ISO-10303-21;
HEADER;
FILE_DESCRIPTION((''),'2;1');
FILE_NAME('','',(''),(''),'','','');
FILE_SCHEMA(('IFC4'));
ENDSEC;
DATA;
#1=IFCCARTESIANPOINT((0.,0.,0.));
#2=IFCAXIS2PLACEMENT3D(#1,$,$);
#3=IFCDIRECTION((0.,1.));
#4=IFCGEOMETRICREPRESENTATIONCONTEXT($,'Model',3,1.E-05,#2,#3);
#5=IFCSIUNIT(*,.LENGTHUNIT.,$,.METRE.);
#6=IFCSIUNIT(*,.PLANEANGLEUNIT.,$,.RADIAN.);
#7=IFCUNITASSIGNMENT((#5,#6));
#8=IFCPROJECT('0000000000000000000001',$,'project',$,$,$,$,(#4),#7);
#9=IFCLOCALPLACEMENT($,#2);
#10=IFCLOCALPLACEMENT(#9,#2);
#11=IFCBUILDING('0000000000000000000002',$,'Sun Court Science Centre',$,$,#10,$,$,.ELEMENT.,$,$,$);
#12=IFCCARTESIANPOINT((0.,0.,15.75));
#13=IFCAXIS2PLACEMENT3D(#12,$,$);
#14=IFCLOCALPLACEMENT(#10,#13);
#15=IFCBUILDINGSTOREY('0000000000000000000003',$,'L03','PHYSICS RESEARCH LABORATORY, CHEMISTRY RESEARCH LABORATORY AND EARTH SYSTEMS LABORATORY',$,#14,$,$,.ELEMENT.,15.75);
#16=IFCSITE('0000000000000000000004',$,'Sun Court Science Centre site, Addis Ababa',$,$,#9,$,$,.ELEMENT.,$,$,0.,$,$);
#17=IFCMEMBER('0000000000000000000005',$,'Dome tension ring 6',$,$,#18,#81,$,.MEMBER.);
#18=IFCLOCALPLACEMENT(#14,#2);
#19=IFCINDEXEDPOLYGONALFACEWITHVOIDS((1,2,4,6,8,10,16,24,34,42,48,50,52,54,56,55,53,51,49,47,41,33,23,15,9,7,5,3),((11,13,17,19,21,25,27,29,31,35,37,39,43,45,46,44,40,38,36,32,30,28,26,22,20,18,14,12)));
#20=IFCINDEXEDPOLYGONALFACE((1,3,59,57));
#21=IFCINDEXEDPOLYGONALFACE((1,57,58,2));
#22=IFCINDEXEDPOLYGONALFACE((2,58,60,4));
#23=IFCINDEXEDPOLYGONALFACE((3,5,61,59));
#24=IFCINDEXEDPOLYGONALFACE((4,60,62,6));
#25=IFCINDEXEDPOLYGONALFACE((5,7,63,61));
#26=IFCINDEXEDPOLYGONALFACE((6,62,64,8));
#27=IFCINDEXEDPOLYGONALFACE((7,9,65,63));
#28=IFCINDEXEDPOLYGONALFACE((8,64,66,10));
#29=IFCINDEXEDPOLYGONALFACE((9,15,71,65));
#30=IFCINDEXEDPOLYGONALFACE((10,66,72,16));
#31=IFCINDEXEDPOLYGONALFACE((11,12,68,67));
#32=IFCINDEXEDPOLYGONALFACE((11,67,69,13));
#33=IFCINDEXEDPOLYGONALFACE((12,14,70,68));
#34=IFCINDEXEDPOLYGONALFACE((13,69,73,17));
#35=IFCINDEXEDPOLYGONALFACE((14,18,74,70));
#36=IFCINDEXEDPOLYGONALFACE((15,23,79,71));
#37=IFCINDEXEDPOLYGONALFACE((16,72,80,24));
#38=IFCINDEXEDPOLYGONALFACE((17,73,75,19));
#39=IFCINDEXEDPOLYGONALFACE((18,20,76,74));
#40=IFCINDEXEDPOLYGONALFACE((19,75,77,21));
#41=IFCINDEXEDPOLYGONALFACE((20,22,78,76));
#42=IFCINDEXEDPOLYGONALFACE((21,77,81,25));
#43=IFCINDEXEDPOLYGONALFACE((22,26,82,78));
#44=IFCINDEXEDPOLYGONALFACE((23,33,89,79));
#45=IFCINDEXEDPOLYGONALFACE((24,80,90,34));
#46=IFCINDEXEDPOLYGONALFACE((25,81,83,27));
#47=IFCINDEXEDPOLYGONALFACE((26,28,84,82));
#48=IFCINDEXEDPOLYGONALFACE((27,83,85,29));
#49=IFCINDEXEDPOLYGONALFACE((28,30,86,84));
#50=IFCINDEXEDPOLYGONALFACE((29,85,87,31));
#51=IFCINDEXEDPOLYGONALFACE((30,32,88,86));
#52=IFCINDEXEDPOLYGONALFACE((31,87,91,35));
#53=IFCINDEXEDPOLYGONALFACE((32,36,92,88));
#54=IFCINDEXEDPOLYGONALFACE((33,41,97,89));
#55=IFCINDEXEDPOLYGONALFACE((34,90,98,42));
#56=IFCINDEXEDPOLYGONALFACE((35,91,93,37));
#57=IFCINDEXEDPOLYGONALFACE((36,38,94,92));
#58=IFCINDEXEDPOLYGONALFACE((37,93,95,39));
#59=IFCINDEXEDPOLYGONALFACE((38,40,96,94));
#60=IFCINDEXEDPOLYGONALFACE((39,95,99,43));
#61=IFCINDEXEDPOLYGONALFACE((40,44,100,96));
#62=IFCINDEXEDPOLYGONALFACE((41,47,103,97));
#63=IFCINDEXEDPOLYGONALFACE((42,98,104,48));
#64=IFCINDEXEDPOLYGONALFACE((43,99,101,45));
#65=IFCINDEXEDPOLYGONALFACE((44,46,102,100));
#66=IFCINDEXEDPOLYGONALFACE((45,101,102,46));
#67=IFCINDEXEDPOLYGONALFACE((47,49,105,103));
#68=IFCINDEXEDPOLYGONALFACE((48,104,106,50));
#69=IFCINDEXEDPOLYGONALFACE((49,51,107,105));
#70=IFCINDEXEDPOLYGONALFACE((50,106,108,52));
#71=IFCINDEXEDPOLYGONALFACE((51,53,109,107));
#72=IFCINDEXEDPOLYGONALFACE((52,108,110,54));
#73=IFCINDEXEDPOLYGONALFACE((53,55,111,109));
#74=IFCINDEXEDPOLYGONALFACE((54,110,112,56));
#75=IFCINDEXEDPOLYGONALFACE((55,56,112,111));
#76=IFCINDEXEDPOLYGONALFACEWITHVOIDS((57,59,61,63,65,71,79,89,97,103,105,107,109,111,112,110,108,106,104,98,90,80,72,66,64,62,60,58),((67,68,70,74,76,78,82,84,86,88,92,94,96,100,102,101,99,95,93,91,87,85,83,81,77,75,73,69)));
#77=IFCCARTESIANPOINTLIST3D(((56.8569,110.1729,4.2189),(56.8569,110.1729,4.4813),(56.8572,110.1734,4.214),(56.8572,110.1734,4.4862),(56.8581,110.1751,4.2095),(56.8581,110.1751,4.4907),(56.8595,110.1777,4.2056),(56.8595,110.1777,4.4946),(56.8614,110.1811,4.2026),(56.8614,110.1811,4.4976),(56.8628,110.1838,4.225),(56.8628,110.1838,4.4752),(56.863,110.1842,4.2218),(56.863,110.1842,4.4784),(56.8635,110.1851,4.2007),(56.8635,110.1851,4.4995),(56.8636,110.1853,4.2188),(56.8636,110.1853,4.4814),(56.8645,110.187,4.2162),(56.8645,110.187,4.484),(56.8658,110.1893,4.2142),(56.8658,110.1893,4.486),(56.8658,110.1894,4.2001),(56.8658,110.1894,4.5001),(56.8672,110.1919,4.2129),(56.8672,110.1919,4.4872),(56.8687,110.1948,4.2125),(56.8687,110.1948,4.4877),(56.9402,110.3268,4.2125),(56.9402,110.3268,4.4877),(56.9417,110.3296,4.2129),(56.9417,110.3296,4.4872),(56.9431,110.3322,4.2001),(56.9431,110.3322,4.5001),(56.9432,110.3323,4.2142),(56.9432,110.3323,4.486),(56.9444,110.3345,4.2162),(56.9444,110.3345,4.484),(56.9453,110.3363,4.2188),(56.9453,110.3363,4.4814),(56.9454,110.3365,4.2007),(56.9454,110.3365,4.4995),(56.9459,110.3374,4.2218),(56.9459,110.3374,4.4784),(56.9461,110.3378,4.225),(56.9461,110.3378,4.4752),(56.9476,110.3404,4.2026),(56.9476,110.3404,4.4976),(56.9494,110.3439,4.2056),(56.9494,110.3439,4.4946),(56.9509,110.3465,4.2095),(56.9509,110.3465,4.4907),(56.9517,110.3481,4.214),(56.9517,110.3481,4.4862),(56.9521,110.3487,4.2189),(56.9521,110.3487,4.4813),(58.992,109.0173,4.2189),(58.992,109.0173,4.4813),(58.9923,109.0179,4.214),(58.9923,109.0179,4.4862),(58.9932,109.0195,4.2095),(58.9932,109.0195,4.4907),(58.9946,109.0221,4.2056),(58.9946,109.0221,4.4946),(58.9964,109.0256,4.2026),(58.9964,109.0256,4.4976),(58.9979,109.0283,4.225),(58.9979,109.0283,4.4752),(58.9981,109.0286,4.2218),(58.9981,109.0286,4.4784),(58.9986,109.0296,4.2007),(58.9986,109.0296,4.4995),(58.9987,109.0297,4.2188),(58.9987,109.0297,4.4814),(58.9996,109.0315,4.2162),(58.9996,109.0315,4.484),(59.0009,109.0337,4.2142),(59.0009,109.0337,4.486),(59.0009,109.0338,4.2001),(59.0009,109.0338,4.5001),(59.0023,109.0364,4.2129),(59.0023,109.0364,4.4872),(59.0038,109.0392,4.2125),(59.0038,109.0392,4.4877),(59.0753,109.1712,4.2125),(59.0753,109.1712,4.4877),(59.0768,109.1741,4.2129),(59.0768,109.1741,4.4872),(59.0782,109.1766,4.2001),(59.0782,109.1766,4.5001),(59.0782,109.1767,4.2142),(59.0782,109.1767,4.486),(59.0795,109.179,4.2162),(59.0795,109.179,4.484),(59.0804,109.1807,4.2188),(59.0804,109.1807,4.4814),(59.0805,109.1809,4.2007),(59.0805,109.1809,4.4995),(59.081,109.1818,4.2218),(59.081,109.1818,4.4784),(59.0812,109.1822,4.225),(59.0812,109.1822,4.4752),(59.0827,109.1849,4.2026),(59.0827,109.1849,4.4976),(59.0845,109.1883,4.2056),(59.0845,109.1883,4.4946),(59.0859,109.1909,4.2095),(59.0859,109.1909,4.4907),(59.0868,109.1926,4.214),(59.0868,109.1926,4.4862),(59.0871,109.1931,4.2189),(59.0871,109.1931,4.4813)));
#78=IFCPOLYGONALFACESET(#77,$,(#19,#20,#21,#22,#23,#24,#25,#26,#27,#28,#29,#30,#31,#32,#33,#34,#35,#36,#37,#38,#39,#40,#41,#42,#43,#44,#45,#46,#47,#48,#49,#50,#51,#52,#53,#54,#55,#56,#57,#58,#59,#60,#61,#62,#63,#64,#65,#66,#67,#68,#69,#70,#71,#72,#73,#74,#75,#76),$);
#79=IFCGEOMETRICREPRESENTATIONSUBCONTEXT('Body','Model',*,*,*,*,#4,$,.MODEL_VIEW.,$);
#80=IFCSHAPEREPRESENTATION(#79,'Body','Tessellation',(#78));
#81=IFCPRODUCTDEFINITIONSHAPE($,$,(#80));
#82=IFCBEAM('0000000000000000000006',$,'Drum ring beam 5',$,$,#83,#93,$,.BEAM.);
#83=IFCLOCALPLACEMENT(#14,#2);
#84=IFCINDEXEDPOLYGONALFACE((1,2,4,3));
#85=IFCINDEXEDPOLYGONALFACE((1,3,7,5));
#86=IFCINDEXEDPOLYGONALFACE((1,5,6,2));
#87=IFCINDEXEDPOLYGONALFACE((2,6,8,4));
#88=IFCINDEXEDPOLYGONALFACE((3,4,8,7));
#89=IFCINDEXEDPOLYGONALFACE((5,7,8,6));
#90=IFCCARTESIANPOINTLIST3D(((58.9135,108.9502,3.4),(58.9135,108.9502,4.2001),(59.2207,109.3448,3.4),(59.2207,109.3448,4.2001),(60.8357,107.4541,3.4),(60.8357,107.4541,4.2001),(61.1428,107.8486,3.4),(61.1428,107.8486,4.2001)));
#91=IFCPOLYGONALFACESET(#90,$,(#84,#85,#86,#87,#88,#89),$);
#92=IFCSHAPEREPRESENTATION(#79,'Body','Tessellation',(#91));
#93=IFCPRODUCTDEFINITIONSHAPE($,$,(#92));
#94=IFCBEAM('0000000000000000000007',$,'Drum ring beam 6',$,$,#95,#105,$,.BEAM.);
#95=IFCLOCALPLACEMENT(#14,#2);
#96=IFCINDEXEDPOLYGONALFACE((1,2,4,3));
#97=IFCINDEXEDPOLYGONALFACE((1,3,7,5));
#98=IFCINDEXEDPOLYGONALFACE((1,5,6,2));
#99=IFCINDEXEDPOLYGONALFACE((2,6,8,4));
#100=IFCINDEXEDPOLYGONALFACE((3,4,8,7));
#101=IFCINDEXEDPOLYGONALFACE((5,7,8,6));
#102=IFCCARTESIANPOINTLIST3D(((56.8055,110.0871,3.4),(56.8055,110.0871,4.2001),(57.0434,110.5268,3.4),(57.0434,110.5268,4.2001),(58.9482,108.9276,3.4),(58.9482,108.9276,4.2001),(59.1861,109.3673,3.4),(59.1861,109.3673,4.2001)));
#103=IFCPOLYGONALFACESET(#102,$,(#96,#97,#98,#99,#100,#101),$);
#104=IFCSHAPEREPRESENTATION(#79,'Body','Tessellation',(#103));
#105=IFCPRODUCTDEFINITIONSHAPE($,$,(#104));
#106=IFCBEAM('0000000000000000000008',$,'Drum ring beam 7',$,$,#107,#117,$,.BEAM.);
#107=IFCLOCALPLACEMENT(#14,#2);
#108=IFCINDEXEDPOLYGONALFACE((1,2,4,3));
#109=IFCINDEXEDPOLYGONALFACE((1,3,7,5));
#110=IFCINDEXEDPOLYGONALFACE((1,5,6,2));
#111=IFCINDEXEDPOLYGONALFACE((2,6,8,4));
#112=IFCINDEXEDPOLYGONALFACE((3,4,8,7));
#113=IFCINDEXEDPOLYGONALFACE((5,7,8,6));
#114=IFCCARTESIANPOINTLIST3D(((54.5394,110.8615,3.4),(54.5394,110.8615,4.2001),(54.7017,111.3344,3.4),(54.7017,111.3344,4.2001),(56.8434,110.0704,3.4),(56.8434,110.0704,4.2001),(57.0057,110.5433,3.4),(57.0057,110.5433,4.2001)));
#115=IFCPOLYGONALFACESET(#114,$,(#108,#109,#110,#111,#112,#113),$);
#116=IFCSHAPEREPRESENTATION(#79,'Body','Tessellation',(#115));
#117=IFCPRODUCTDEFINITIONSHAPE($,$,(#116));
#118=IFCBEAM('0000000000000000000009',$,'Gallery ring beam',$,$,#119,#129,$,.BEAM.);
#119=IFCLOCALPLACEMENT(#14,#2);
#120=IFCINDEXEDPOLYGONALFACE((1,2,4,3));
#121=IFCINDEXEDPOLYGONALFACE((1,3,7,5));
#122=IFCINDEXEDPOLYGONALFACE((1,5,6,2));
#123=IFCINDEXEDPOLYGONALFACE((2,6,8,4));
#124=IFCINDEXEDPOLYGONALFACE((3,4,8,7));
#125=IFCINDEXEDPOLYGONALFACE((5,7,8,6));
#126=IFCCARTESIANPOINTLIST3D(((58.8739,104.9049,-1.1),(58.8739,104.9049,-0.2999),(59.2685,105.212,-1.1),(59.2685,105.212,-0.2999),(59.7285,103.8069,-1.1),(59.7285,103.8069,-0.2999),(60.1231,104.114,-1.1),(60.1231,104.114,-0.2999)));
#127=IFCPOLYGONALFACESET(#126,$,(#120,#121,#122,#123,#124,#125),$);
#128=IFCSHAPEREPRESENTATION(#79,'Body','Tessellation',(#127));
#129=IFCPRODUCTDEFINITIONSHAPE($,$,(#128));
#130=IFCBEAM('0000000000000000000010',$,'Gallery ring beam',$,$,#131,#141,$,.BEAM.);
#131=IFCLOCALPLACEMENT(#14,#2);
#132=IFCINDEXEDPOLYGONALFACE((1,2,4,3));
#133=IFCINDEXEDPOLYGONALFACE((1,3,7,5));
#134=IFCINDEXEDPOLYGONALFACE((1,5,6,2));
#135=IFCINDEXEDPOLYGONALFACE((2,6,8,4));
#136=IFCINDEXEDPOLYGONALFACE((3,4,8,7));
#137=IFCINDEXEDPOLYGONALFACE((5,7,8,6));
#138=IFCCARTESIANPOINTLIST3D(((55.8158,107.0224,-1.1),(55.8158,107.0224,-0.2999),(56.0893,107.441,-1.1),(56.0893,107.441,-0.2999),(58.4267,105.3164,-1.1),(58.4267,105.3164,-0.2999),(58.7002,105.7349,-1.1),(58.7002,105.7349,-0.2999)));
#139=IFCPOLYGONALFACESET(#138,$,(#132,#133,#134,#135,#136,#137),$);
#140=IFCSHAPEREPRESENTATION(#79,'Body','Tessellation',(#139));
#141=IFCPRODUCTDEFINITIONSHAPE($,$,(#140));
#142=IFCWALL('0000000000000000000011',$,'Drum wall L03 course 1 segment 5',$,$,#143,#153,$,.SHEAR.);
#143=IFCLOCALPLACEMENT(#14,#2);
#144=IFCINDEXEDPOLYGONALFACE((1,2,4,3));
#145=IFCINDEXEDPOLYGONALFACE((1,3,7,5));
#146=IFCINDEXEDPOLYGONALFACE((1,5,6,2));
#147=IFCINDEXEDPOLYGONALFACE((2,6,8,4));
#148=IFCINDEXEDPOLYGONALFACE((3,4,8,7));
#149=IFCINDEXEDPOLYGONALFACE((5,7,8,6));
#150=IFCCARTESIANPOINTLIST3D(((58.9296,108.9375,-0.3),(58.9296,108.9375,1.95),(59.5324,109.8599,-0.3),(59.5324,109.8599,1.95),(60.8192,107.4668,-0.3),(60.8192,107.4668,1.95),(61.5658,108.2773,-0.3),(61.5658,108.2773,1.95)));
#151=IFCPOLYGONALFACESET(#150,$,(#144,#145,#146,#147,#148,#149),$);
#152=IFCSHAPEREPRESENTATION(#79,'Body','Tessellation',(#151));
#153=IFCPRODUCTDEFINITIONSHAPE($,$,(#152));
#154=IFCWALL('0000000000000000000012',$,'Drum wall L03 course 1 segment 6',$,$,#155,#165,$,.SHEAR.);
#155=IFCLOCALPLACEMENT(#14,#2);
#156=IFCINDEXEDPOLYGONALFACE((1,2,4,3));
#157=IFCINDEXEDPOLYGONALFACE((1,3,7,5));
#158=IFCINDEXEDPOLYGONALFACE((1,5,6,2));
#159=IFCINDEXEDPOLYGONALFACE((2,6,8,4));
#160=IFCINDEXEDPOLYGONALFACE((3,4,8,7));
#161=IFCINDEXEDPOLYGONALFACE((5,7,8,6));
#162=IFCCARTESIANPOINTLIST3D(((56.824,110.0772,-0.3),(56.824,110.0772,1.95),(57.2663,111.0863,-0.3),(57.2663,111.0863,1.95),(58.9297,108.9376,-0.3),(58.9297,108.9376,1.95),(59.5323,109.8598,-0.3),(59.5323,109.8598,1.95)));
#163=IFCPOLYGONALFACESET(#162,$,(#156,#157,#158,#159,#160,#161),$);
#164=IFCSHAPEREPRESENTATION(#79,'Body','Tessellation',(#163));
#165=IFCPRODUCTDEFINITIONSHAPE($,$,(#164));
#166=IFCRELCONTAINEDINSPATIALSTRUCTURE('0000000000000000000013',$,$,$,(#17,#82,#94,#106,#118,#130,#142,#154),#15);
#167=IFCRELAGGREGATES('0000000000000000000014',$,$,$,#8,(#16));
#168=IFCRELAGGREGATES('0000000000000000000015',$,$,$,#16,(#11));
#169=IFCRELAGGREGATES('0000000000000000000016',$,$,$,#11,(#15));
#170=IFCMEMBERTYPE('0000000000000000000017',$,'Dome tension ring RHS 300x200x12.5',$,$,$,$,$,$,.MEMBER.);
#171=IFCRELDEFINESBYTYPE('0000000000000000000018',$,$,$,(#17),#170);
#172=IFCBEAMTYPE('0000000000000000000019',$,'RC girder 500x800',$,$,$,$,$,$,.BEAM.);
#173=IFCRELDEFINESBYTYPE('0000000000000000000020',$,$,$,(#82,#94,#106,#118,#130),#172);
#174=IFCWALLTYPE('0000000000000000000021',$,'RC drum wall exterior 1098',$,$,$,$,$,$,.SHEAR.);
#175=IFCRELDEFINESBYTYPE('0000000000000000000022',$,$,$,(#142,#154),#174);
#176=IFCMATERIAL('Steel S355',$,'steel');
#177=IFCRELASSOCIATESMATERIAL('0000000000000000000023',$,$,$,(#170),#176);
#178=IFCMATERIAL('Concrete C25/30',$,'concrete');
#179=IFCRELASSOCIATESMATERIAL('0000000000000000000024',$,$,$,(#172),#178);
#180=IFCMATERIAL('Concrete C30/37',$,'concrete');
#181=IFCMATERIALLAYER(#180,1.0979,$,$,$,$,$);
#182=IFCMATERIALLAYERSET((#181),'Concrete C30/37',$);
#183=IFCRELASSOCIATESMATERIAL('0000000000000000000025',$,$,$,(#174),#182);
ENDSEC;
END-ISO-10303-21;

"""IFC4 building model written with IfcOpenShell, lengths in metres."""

from ifc_helpers import new_model, si_unit, direction, frame, origin, origin_2d, place, context, subcontext, project, spatial, polyline, rectangle, hollow_rectangle, outline, extrude, material, layer, layer_set, material_profile, profile_set, type_object, element, save


model = new_model("IFC4")

# Units and contexts
model_context = context("Model", 3, precision=1e-05, world=origin(), true_north=direction((0.0, 1.0)))
body_context = subcontext(model_context, "Body", "Model", "MODEL_VIEW")
ifc_project = project(units=[si_unit("LENGTHUNIT", "METRE"), si_unit("PLANEANGLEUNIT", "RADIAN")], contexts=[model_context])

# Site, building, storey
site_placement = place(None, origin())
site = spatial("IfcSite", under=ifc_project, at=site_placement, Name="Sun Court Science Centre site, Addis Ababa", CompositionType="ELEMENT", RefElevation=0.0)
building_placement = place(site_placement, origin())
building = spatial("IfcBuilding", under=site, at=building_placement, Name="Sun Court Science Centre", CompositionType="ELEMENT")
storey_placement = place(building_placement, frame((0.0, 0.0, 15.75)))
storey = spatial("IfcBuildingStorey", under=building, at=storey_placement, Name="L03", Description="PHYSICS RESEARCH LABORATORY, CHEMISTRY RESEARCH LABORATORY AND EARTH SYSTEMS LABORATORY", CompositionType="ELEMENT", Elevation=15.75)

# Member
ifc_material_1 = material(Name="Steel S355", Category="steel")
ifc_material_profile_1 = material_profile(ifc_material_1, hollow_rectangle(XDim=0.2, YDim=0.3, WallThickness=0.0125, InnerFilletRadius=0.0125, OuterFilletRadius=0.0188, at=origin_2d()), Name="RHS 300x200x12.5")
ifc_profile_set_1 = profile_set([ifc_material_profile_1], Name="Steel S355")
member_type_1 = type_object("IfcMemberType", Name="Dome tension ring RHS 300x200x12.5", PredefinedType="MEMBER", material=ifc_profile_set_1)
member_1_placement = place(storey_placement, frame((59.0396, 109.1052, 4.3501), z_axis=(-0.879455, 0.475982, 0.0), x_axis=(-0.475982, -0.879455, 0.0)))
element("IfcMember", 1, at=member_1_placement, inside=storey, type_object=member_type_1, Name="Dome tension ring 6", PredefinedType="MEMBER", context=body_context, shape_type="SweptSolid", body=[
    extrude(hollow_rectangle(XDim=0.2, YDim=0.3, WallThickness=0.0125, InnerFilletRadius=0.0125, OuterFilletRadius=0.0188, at=origin_2d()), origin(), (0.0, 0.0, 1.0), 2.4277),
])

# Beams
ifc_material_2 = material(Name="Concrete C25/30", Category="concrete")
ifc_material_profile_2 = material_profile(ifc_material_2, rectangle(XDim=0.5, YDim=0.8, at=origin_2d()), Name="RC 500x800")
ifc_profile_set_2 = profile_set([ifc_material_profile_2], Name="Concrete C25/30")
beam_type = type_object("IfcBeamType", Name="RC girder 500x800", PredefinedType="BEAM", material=ifc_profile_set_2)
beam_1_placement = place(storey_placement, frame((60.9893, 107.6514, 3.8), z_axis=(-0.789131, 0.614225, 0.0), x_axis=(-0.614225, -0.789131, 0.0)))
element("IfcBeam", 2, at=beam_1_placement, inside=storey, type_object=beam_type, Name="Drum ring beam 5", PredefinedType="BEAM", context=body_context, shape_type="SweptSolid", body=[
    extrude(rectangle(XDim=0.5, YDim=0.8, at=origin_2d()), origin(), (0.0, 0.0, 1.0), 2.4358),
])
beam_2_placement = place(storey_placement, frame((59.0671, 109.1475, 3.8), z_axis=(-0.879488, 0.475922, 0.0), x_axis=(-0.475922, -0.879488, 0.0)))
element("IfcBeam", 3, at=beam_2_placement, inside=storey, type_object=beam_type, Name="Drum ring beam 6", PredefinedType="BEAM", context=body_context, shape_type="SweptSolid", body=[
    extrude(rectangle(XDim=0.5, YDim=0.8, at=origin_2d()), origin(), (0.0, 0.0, 1.0), 2.4363),
])
beam_3_placement = place(storey_placement, frame((56.9246, 110.3069, 3.8), z_axis=(-0.945809, 0.324724, 0.0), x_axis=(-0.324724, -0.945809, 0.0)))
element("IfcBeam", 4, at=beam_3_placement, inside=storey, type_object=beam_type, Name="Drum ring beam 7", PredefinedType="BEAM", context=body_context, shape_type="SweptSolid", body=[
    extrude(rectangle(XDim=0.5, YDim=0.8, at=origin_2d()), origin(), (0.0, 0.0, 1.0), 2.436),
])
beam_4_placement = place(storey_placement, frame((59.9258, 103.9604, -0.7), z_axis=(-0.614196, 0.789154, 0.0), x_axis=(-0.789154, -0.614196, 0.0)))
element("IfcBeam", 5, at=beam_4_placement, inside=storey, type_object=beam_type, Name="Gallery ring beam", PredefinedType="BEAM", context=body_context, shape_type="SweptSolid", body=[
    extrude(rectangle(XDim=0.5, YDim=0.8, at=origin_2d()), origin(), (0.0, 0.0, 1.0), 1.3914),
])
beam_5_placement = place(storey_placement, frame((58.5635, 105.5256, -0.7), z_axis=(-0.837121, 0.547017, 0.0), x_axis=(-0.547017, -0.837121, 0.0)))
element("IfcBeam", 6, at=beam_5_placement, inside=storey, type_object=beam_type, Name="Gallery ring beam", PredefinedType="BEAM", context=body_context, shape_type="SweptSolid", body=[
    extrude(rectangle(XDim=0.5, YDim=0.8, at=origin_2d()), origin(), (0.0, 0.0, 1.0), 3.1189),
])

# Walls
ifc_material_3 = material(Name="Concrete C30/37", Category="concrete")
ifc_layer_1 = layer(ifc_material_3, 1.0979)
ifc_layer_set_1 = layer_set([ifc_layer_1], Name="Concrete C30/37")
wall_type_1 = type_object("IfcWallType", Name="RC drum wall exterior 1098", PredefinedType="SHEAR", material=ifc_layer_set_1)
wall_1_placement = place(storey_placement, frame((61.2285, 107.844, -0.3), z_axis=(0.0, 0.0, 1.0), x_axis=(-0.789138, 0.614216, 0.0)))
element("IfcWall", 7, at=wall_1_placement, inside=storey, type_object=wall_type_1, Name="Drum wall L03 course 1 segment 5", PredefinedType="SHEAR", context=body_context, shape_type="SweptSolid", body=[
    extrude(outline(polyline([(0.0, -0.5491), (2.5767, -0.5491), (2.4858, 0.5491), (0.0913, 0.5491), (0.0, -0.5491)])), origin(), (0.0, 0.0, 1.0), 2.25),
])
wall_2_placement = place(storey_placement, frame((59.271, 109.377, -0.3), z_axis=(0.0, 0.0, 1.0), x_axis=(-0.879459, 0.475975, 0.0)))
element("IfcWall", 8, at=wall_2_placement, inside=storey, type_object=wall_type_1, Name="Drum wall L03 course 1 segment 6", PredefinedType="SHEAR", context=body_context, shape_type="SweptSolid", body=[
    extrude(outline(polyline([(0.0, -0.5491), (2.5767, -0.5491), (2.4854, 0.5488), (0.0911, 0.5488), (0.0, -0.5491)])), origin(), (0.0, 0.0, 1.0), 2.25),
])

save(model, "model.ifc")
